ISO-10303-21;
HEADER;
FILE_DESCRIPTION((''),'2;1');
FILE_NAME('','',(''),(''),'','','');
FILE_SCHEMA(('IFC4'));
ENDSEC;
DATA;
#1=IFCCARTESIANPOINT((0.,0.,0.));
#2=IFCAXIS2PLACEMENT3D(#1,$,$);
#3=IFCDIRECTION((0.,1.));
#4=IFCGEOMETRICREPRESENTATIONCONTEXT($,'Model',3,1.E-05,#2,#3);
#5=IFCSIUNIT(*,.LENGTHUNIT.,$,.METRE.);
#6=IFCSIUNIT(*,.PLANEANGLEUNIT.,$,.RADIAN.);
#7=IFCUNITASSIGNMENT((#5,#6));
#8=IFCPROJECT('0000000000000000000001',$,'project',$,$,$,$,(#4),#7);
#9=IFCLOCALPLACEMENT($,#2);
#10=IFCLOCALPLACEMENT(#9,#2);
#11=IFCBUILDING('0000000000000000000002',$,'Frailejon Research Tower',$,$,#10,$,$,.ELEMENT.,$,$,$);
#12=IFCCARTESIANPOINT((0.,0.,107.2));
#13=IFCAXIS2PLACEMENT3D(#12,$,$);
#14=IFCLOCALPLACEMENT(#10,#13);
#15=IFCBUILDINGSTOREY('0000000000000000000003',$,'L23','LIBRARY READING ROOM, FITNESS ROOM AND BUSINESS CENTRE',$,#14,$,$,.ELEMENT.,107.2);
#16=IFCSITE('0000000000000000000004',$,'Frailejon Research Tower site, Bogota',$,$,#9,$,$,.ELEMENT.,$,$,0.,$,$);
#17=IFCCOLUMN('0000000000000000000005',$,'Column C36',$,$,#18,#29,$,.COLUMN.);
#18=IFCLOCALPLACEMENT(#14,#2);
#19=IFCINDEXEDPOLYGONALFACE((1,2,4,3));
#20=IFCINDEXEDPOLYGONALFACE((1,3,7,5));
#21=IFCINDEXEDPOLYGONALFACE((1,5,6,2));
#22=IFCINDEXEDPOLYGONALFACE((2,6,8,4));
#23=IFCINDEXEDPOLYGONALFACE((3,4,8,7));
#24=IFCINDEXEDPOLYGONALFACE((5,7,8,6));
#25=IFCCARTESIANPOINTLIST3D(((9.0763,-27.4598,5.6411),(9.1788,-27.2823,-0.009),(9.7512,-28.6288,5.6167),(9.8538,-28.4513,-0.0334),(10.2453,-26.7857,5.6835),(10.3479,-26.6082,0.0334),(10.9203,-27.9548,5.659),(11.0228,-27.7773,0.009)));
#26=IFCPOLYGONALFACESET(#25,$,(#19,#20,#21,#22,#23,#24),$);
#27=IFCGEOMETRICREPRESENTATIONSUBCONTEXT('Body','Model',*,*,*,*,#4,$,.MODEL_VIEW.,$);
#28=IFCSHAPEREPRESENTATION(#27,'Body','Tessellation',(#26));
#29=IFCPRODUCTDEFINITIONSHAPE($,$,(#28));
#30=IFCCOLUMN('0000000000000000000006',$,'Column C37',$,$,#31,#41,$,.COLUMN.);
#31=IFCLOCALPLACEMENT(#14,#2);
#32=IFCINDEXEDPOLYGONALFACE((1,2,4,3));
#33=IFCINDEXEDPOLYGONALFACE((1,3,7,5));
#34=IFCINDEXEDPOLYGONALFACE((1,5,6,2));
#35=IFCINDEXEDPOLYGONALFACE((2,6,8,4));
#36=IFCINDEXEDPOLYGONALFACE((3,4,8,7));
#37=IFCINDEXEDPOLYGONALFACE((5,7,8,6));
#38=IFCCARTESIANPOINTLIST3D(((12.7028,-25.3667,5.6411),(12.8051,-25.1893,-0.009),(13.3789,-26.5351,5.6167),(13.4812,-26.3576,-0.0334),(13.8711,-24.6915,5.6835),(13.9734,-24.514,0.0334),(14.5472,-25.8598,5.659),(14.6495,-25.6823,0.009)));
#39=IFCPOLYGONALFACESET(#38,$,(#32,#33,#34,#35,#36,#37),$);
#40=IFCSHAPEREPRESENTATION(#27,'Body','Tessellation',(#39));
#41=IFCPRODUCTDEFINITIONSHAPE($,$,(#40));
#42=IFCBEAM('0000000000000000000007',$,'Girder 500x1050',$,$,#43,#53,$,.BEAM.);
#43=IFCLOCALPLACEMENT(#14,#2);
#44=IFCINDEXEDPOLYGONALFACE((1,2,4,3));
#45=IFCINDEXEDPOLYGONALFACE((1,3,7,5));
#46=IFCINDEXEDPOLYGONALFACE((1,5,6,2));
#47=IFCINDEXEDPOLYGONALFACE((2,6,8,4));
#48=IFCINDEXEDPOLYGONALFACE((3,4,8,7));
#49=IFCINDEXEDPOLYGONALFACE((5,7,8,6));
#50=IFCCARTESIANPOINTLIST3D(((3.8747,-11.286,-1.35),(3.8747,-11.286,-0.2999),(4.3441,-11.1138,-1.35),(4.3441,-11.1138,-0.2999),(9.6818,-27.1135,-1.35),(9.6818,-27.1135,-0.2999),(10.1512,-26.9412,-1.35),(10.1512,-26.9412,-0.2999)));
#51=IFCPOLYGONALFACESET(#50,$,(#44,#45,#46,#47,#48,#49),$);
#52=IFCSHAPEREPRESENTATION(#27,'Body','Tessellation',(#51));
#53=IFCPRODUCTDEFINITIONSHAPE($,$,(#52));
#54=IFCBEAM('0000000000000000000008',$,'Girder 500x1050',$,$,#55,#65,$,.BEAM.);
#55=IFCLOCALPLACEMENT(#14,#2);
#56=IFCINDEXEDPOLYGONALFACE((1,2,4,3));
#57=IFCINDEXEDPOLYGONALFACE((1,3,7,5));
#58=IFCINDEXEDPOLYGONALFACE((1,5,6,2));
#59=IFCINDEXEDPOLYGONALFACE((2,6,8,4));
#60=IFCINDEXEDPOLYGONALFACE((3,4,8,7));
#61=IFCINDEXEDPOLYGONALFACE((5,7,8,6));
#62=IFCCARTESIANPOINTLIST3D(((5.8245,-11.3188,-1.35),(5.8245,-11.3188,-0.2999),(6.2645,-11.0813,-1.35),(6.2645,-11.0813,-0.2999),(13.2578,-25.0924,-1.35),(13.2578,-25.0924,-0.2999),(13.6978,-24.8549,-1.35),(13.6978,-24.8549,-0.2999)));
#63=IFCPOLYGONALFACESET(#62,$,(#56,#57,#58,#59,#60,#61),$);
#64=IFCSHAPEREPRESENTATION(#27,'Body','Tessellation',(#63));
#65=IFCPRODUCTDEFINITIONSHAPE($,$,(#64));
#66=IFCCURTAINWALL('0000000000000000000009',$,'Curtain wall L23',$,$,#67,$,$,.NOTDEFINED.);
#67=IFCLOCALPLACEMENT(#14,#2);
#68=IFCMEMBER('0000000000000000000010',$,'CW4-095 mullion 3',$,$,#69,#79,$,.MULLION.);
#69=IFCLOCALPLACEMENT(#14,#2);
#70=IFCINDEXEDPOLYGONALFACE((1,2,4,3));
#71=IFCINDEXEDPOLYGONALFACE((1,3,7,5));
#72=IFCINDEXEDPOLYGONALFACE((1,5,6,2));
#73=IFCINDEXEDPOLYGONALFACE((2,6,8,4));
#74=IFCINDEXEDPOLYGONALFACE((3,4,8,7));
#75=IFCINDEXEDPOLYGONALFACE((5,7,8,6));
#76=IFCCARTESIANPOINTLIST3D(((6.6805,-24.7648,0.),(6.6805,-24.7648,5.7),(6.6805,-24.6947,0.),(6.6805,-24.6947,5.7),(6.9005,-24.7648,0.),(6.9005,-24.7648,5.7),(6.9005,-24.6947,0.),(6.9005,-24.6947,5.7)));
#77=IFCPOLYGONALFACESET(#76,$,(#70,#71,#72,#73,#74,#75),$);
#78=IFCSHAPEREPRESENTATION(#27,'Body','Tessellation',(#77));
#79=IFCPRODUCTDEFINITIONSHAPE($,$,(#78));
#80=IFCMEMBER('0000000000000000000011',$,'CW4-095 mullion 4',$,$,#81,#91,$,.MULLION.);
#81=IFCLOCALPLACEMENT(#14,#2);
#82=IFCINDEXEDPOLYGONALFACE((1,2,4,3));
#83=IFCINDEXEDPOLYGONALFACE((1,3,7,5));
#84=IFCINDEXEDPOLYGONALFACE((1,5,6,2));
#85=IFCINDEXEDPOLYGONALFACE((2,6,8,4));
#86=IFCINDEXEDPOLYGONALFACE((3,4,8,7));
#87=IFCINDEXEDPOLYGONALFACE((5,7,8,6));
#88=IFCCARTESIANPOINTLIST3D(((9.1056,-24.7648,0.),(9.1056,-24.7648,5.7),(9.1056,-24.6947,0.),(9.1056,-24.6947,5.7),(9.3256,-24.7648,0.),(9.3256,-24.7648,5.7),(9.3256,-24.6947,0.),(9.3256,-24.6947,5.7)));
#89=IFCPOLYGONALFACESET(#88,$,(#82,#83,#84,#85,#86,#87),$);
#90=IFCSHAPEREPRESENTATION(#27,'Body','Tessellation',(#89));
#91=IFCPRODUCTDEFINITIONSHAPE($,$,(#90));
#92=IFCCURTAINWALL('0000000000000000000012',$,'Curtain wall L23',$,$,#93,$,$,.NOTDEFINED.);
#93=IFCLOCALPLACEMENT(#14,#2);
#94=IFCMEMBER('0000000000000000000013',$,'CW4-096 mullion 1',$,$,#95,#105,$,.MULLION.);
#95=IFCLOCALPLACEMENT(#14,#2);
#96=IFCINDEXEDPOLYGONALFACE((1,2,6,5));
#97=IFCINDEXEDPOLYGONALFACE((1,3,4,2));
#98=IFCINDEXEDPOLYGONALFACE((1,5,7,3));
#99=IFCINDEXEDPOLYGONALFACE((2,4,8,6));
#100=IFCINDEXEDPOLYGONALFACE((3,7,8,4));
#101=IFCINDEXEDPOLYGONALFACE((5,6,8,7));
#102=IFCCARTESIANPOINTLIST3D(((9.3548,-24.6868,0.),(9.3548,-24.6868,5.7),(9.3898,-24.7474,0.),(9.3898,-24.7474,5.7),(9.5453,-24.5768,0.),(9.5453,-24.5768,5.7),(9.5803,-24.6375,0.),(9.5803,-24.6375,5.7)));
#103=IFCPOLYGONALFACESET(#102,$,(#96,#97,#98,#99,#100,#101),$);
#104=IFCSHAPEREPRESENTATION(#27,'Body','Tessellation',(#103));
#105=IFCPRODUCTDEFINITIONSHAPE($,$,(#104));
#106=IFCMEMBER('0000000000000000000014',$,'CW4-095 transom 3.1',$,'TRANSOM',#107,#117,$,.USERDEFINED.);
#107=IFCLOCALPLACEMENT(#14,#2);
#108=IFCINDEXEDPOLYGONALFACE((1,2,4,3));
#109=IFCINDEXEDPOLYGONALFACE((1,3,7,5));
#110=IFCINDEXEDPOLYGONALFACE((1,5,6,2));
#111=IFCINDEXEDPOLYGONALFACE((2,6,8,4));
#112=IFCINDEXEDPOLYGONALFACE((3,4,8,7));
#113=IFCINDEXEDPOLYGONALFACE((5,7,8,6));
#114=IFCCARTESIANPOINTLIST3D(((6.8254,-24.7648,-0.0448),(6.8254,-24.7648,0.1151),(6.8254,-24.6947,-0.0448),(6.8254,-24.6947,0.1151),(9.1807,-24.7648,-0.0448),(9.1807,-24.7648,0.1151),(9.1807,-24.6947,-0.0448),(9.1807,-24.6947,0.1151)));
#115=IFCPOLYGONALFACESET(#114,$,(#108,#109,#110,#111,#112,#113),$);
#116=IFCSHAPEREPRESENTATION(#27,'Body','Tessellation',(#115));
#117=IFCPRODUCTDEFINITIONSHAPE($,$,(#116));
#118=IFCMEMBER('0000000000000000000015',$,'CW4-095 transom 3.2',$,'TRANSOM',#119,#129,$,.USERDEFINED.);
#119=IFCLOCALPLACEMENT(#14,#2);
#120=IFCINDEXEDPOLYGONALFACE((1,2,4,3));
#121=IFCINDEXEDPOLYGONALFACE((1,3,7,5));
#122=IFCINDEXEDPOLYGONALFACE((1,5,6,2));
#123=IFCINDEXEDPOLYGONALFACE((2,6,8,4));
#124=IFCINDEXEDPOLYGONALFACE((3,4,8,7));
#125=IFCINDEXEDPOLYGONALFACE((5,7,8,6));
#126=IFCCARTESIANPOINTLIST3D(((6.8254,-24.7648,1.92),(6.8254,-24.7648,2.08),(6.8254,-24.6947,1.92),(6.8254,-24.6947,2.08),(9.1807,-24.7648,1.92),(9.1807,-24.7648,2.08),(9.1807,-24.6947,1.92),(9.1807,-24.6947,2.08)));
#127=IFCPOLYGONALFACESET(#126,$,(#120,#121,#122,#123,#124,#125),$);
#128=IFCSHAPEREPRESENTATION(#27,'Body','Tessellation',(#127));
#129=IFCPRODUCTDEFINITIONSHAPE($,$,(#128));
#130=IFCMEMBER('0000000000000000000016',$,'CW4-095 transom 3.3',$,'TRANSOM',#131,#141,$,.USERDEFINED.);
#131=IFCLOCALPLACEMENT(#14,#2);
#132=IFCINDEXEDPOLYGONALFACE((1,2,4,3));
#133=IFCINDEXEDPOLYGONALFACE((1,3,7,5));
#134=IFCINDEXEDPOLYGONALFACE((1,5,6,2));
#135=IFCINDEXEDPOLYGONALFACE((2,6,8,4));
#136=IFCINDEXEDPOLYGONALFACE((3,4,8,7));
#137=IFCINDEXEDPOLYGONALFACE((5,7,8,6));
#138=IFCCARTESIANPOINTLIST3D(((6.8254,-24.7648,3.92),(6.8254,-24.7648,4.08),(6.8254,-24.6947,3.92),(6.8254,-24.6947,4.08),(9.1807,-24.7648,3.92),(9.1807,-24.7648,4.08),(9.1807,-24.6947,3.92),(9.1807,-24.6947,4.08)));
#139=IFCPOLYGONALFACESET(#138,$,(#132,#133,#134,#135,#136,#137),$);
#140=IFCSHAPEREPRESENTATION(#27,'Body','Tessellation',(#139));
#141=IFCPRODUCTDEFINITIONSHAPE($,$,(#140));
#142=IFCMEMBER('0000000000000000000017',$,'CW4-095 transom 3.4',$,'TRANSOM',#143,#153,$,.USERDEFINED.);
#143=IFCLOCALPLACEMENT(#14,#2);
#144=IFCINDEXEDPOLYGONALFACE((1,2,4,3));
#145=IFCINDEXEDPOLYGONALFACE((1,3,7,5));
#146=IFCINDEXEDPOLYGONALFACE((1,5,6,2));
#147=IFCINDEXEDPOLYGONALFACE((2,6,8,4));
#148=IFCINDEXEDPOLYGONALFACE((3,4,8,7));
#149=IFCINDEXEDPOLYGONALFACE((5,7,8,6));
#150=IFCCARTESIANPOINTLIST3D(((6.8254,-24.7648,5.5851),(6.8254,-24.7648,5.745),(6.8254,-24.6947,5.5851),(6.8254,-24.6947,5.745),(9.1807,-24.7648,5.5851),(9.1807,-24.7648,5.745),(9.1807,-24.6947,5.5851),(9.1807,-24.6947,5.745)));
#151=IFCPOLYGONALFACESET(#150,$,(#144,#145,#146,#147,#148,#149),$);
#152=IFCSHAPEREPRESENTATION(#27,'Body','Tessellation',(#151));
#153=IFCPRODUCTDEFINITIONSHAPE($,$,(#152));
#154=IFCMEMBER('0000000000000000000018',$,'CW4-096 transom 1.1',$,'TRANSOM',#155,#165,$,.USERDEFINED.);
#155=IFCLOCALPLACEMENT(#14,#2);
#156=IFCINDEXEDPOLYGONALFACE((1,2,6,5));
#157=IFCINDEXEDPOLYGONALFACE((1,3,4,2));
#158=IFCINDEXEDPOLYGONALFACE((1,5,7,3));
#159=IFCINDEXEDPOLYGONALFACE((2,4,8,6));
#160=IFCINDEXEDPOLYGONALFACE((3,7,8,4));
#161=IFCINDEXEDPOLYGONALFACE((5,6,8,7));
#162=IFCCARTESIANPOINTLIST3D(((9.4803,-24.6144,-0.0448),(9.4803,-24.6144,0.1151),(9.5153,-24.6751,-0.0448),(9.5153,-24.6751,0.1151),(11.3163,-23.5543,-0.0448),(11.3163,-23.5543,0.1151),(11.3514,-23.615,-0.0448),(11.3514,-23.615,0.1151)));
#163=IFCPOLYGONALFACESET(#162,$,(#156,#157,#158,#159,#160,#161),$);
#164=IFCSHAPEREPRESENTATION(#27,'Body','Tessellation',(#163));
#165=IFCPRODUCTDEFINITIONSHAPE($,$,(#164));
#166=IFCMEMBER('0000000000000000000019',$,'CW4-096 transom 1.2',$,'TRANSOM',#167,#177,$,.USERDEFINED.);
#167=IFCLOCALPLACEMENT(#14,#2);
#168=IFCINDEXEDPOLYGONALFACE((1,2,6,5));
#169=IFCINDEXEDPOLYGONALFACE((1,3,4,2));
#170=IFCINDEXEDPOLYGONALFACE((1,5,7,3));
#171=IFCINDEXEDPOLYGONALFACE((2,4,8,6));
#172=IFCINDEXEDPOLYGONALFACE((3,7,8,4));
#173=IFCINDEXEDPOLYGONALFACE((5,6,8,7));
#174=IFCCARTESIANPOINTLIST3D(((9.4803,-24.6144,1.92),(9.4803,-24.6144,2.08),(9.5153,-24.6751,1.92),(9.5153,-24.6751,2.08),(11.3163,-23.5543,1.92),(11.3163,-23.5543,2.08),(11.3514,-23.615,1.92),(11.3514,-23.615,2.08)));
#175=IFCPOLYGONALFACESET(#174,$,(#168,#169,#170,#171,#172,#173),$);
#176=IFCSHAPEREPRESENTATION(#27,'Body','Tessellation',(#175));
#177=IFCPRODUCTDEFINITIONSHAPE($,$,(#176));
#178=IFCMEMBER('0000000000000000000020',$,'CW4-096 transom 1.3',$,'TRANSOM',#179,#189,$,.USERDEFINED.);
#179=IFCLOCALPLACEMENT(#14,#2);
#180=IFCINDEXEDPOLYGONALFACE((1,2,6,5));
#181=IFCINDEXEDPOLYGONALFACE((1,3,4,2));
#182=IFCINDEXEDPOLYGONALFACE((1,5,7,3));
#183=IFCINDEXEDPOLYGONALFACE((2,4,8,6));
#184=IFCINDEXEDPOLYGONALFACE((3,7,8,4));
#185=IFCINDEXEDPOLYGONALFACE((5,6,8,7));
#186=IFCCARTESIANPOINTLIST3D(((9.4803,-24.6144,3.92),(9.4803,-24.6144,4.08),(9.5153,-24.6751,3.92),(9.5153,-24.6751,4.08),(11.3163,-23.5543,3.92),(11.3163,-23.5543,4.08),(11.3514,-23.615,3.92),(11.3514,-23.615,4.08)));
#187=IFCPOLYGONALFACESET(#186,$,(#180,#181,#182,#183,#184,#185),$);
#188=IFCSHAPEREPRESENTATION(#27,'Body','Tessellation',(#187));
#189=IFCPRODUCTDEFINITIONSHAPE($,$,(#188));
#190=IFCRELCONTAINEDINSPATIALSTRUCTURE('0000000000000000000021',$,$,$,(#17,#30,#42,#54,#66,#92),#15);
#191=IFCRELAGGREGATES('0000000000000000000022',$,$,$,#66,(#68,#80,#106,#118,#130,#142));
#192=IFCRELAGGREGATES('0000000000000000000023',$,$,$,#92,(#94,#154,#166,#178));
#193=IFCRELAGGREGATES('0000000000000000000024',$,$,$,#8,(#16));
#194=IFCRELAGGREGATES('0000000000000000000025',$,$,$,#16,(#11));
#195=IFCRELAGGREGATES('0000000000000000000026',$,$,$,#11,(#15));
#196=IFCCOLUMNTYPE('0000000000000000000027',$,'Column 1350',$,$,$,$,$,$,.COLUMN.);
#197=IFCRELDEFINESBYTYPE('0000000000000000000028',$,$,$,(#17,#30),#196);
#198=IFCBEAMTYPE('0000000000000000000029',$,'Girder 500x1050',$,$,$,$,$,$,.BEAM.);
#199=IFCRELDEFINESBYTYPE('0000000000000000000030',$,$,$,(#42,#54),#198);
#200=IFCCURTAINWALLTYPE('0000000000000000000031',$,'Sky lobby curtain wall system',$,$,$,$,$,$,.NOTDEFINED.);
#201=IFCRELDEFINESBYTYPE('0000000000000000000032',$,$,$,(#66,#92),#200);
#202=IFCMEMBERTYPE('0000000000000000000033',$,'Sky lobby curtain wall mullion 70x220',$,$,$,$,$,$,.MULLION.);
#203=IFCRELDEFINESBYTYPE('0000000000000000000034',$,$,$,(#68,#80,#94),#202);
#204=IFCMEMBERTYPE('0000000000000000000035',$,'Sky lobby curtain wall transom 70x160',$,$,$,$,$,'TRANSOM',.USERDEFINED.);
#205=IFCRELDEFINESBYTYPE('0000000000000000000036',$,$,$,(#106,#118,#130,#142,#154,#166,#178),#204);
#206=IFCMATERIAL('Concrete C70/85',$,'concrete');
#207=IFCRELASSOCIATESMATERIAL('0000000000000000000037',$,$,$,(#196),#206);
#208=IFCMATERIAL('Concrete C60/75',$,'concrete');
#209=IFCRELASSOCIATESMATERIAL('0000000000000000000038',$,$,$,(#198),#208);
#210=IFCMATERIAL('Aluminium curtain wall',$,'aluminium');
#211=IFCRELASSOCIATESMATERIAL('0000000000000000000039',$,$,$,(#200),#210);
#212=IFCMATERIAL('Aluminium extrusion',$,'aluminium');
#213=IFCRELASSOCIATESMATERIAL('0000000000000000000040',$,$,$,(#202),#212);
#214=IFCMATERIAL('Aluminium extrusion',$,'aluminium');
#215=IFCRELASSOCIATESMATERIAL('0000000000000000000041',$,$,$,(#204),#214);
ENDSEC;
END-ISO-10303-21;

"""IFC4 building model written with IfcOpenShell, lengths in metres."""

from ifc_helpers import new_model, si_unit, direction, frame, origin, origin_2d, place, context, subcontext, project, spatial, rectangle, extrude, material, material_profile, profile_set, type_object, element, aggregate, save


model = new_model("IFC4")

# Units and contexts
model_context = context("Model", 3, precision=1e-05, world=origin(), true_north=direction((0.0, 1.0)))
body_context = subcontext(model_context, "Body", "Model", "MODEL_VIEW")
ifc_project = project(units=[si_unit("LENGTHUNIT", "METRE"), si_unit("PLANEANGLEUNIT", "RADIAN")], contexts=[model_context])

# Site, building, storey
site_placement = place(None, origin())
site = spatial("IfcSite", under=ifc_project, at=site_placement, Name="Frailejon Research Tower site, Bogota", CompositionType="ELEMENT", RefElevation=0.0)
building_placement = place(site_placement, origin())
building = spatial("IfcBuilding", under=site, at=building_placement, Name="Frailejon Research Tower", CompositionType="ELEMENT")
storey_placement = place(building_placement, frame((0.0, 0.0, 107.2)))
storey = spatial("IfcBuildingStorey", under=building, at=storey_placement, Name="L23", Description="LIBRARY READING ROOM, FITNESS ROOM AND BUSINESS CENTRE", CompositionType="ELEMENT", Elevation=107.2)

# Columns
ifc_material_1 = material(Name="Concrete C70/85", Category="concrete")
ifc_material_profile_1 = material_profile(ifc_material_1, rectangle(XDim=1.3501, YDim=1.3501, at=origin_2d()), Name="Column 1350")
ifc_profile_set_1 = profile_set([ifc_material_profile_1], Name="Concrete C70/85")
column_type = type_object("IfcColumnType", Name="Column 1350", PredefinedType="COLUMN", material=ifc_profile_set_1)
for number, where, z_axis, x_axis, name in (
    (1, (10.1008, -27.5298, 0.0), (-0.018136, -0.031393, 0.999343), (0.865882, 0.499262, 0.031398), "Column C36"),
    (2, (13.7273, -25.4358, 0.0), (-0.018093, -0.031393, 0.999343), (0.865367, 0.500155, 0.031379), "Column C37"),
):
    element("IfcColumn", number, at=place(storey_placement, frame(where, z_axis=z_axis, x_axis=x_axis)), inside=storey, type_object=column_type, Name=name, PredefinedType="COLUMN", context=body_context, shape_type="SweptSolid", body=[
        extrude(rectangle(XDim=1.3501, YDim=1.3501, at=origin_2d()), origin(), (0.0, 0.0, 1.0), 5.6538),
    ])

# Beams
ifc_material_2 = material(Name="Concrete C60/75", Category="concrete")
ifc_material_profile_2 = material_profile(ifc_material_2, rectangle(XDim=0.5, YDim=1.05, at=origin_2d()), Name="Girder 500x1050")
ifc_profile_set_2 = profile_set([ifc_material_profile_2], Name="Concrete C60/75")
beam_type_1 = type_object("IfcBeamType", Name="Girder 500x1050", PredefinedType="BEAM", material=ifc_profile_set_2)
beam_1_placement = place(storey_placement, frame((9.9165, -27.0273, -0.825), z_axis=(-0.344451, 0.938804, 0.0), x_axis=(-0.938804, -0.344451, 0.0)))
element("IfcBeam", 3, at=beam_1_placement, inside=storey, type_object=beam_type_1, Name="Girder 500x1050", PredefinedType="BEAM", context=body_context, shape_type="SweptSolid", body=[
    extrude(rectangle(XDim=0.5, YDim=1.05, at=origin_2d()), origin(), (0.0, 0.0, 1.0), 16.8591),
])
beam_2_placement = place(storey_placement, frame((13.4778, -24.9736, -0.825), z_axis=(-0.474929, 0.880024, 0.0), x_axis=(-0.880024, -0.474929, 0.0)))
element("IfcBeam", 4, at=beam_2_placement, inside=storey, type_object=beam_type_1, Name="Girder 500x1050", PredefinedType="BEAM", context=body_context, shape_type="SweptSolid", body=[
    extrude(rectangle(XDim=0.5, YDim=1.05, at=origin_2d()), origin(), (0.0, 0.0, 1.0), 15.6514),
])

# Curtain wall, members
ifc_material_3 = material(Name="Aluminium curtain wall", Category="aluminium")
curtain_wall_type = type_object("IfcCurtainWallType", Name="Sky lobby curtain wall system", PredefinedType="NOTDEFINED", material=ifc_material_3)
curtain_wall_1_placement = place(storey_placement, origin())
curtain_wall_1 = element("IfcCurtainWall", 5, at=curtain_wall_1_placement, inside=storey, type_object=curtain_wall_type, Name="Curtain wall L23", PredefinedType="NOTDEFINED")
ifc_material_4 = material(Name="Aluminium extrusion", Category="aluminium")
ifc_material_profile_3 = material_profile(ifc_material_4, rectangle(XDim=0.0701, YDim=0.22, at=origin_2d()), Name="Sky lobby curtain wall mullion 70x220")
ifc_profile_set_3 = profile_set([ifc_material_profile_3], Name="Aluminium extrusion")
member_type_1 = type_object("IfcMemberType", Name="Sky lobby curtain wall mullion 70x220", PredefinedType="MULLION", material=ifc_profile_set_3)
member_1_placement = place(storey_placement, frame((6.7905, -24.7297, 0.0), z_axis=(0.0, 0.0, 1.0), x_axis=(0.0, 1.0, 0.0)))
member_1 = element("IfcMember", 6, at=member_1_placement, type_object=member_type_1, Name="CW4-095 mullion 3", PredefinedType="MULLION", context=body_context, shape_type="SweptSolid", body=[
    extrude(rectangle(XDim=0.0701, YDim=0.22, at=origin_2d()), origin(), (0.0, 0.0, 1.0), 5.7),
])
member_2_placement = place(storey_placement, frame((9.2156, -24.7297, 0.0), z_axis=(0.0, 0.0, 1.0), x_axis=(0.0, 1.0, 0.0)))
member_2 = element("IfcMember", 7, at=member_2_placement, type_object=member_type_1, Name="CW4-095 mullion 4", PredefinedType="MULLION", context=body_context, shape_type="SweptSolid", body=[
    extrude(rectangle(XDim=0.0701, YDim=0.22, at=origin_2d()), origin(), (0.0, 0.0, 1.0), 5.7),
])

# Curtain wall, member
curtain_wall_2_placement = place(storey_placement, origin())
curtain_wall_2 = element("IfcCurtainWall", 8, at=curtain_wall_2_placement, inside=storey, type_object=curtain_wall_type, Name="Curtain wall L23", PredefinedType="NOTDEFINED")
member_3_placement = place(storey_placement, frame((9.4675, -24.6621, 0.0), z_axis=(0.0, 0.0, 1.0), x_axis=(-0.500009, 0.86602, 0.0)))
member_3 = element("IfcMember", 9, at=member_3_placement, type_object=member_type_1, Name="CW4-096 mullion 1", PredefinedType="MULLION", context=body_context, shape_type="SweptSolid", body=[
    extrude(rectangle(XDim=0.0701, YDim=0.22, at=origin_2d()), origin(), (0.0, 0.0, 1.0), 5.7),
])

# Members
ifc_material_5 = material(Name="Aluminium extrusion", Category="aluminium")
ifc_material_profile_4 = material_profile(ifc_material_5, rectangle(XDim=0.0701, YDim=0.1599, at=origin_2d()), Name="Sky lobby curtain wall transom 70x160")
ifc_profile_set_4 = profile_set([ifc_material_profile_4], Name="Aluminium extrusion")
member_type_2 = type_object("IfcMemberType", Name="Sky lobby curtain wall transom 70x160", ElementType="TRANSOM", PredefinedType="USERDEFINED", material=ifc_profile_set_4)
member_4_placement = place(storey_placement, frame((6.8254, -24.7297, 0.0352), z_axis=(1.0, 0.0, 0.0), x_axis=(0.0, 1.0, 0.0)))
member_4 = element("IfcMember", 10, at=member_4_placement, type_object=member_type_2, Name="CW4-095 transom 3.1", ObjectType="TRANSOM", PredefinedType="USERDEFINED", context=body_context, shape_type="SweptSolid", body=[
    extrude(rectangle(XDim=0.0701, YDim=0.1599, at=origin_2d()), origin(), (0.0, 0.0, 1.0), 2.3552),
])
member_5_placement = place(storey_placement, frame((6.8254, -24.7297, 2.0), z_axis=(1.0, 0.0, 0.0), x_axis=(0.0, 1.0, 0.0)))
member_5 = element("IfcMember", 11, at=member_5_placement, type_object=member_type_2, Name="CW4-095 transom 3.2", ObjectType="TRANSOM", PredefinedType="USERDEFINED", context=body_context, shape_type="SweptSolid", body=[
    extrude(rectangle(XDim=0.0701, YDim=0.1599, at=origin_2d()), origin(), (0.0, 0.0, 1.0), 2.3552),
])
member_6_placement = place(storey_placement, frame((6.8254, -24.7297, 4.0), z_axis=(1.0, 0.0, 0.0), x_axis=(0.0, 1.0, 0.0)))
member_6 = element("IfcMember", 12, at=member_6_placement, type_object=member_type_2, Name="CW4-095 transom 3.3", ObjectType="TRANSOM", PredefinedType="USERDEFINED", context=body_context, shape_type="SweptSolid", body=[
    extrude(rectangle(XDim=0.0701, YDim=0.1599, at=origin_2d()), origin(), (0.0, 0.0, 1.0), 2.3552),
])
member_7_placement = place(storey_placement, frame((6.8254, -24.7297, 5.665), z_axis=(1.0, 0.0, 0.0), x_axis=(0.0, 1.0, 0.0)))
member_7 = element("IfcMember", 13, at=member_7_placement, type_object=member_type_2, Name="CW4-095 transom 3.4", ObjectType="TRANSOM", PredefinedType="USERDEFINED", context=body_context, shape_type="SweptSolid", body=[
    extrude(rectangle(XDim=0.0701, YDim=0.1599, at=origin_2d()), origin(), (0.0, 0.0, 1.0), 2.3552),
])
member_8_placement = place(storey_placement, frame((9.4978, -24.6448, 0.0352), z_axis=(0.866009, 0.500028, 0.0), x_axis=(-0.500028, 0.866009, 0.0)))
member_8 = element("IfcMember", 14, at=member_8_placement, type_object=member_type_2, Name="CW4-096 transom 1.1", ObjectType="TRANSOM", PredefinedType="USERDEFINED", context=body_context, shape_type="SweptSolid", body=[
    extrude(rectangle(XDim=0.0701, YDim=0.1599, at=origin_2d()), origin(), (0.0, 0.0, 1.0), 2.1201),
])
member_9_placement = place(storey_placement, frame((9.4978, -24.6448, 2.0), z_axis=(0.866009, 0.500028, 0.0), x_axis=(-0.500028, 0.866009, 0.0)))
member_9 = element("IfcMember", 15, at=member_9_placement, type_object=member_type_2, Name="CW4-096 transom 1.2", ObjectType="TRANSOM", PredefinedType="USERDEFINED", context=body_context, shape_type="SweptSolid", body=[
    extrude(rectangle(XDim=0.0701, YDim=0.1599, at=origin_2d()), origin(), (0.0, 0.0, 1.0), 2.1201),
])
member_10_placement = place(storey_placement, frame((9.4978, -24.6448, 4.0), z_axis=(0.866009, 0.500028, 0.0), x_axis=(-0.500028, 0.866009, 0.0)))
member_10 = element("IfcMember", 16, at=member_10_placement, type_object=member_type_2, Name="CW4-096 transom 1.3", ObjectType="TRANSOM", PredefinedType="USERDEFINED", context=body_context, shape_type="SweptSolid", body=[
    extrude(rectangle(XDim=0.0701, YDim=0.1599, at=origin_2d()), origin(), (0.0, 0.0, 1.0), 2.1201),
])

aggregate(curtain_wall_1, [member_1, member_2, member_4, member_5, member_6, member_7])
aggregate(curtain_wall_2, [member_3, member_8, member_9, member_10])

save(model, "model.ifc")
